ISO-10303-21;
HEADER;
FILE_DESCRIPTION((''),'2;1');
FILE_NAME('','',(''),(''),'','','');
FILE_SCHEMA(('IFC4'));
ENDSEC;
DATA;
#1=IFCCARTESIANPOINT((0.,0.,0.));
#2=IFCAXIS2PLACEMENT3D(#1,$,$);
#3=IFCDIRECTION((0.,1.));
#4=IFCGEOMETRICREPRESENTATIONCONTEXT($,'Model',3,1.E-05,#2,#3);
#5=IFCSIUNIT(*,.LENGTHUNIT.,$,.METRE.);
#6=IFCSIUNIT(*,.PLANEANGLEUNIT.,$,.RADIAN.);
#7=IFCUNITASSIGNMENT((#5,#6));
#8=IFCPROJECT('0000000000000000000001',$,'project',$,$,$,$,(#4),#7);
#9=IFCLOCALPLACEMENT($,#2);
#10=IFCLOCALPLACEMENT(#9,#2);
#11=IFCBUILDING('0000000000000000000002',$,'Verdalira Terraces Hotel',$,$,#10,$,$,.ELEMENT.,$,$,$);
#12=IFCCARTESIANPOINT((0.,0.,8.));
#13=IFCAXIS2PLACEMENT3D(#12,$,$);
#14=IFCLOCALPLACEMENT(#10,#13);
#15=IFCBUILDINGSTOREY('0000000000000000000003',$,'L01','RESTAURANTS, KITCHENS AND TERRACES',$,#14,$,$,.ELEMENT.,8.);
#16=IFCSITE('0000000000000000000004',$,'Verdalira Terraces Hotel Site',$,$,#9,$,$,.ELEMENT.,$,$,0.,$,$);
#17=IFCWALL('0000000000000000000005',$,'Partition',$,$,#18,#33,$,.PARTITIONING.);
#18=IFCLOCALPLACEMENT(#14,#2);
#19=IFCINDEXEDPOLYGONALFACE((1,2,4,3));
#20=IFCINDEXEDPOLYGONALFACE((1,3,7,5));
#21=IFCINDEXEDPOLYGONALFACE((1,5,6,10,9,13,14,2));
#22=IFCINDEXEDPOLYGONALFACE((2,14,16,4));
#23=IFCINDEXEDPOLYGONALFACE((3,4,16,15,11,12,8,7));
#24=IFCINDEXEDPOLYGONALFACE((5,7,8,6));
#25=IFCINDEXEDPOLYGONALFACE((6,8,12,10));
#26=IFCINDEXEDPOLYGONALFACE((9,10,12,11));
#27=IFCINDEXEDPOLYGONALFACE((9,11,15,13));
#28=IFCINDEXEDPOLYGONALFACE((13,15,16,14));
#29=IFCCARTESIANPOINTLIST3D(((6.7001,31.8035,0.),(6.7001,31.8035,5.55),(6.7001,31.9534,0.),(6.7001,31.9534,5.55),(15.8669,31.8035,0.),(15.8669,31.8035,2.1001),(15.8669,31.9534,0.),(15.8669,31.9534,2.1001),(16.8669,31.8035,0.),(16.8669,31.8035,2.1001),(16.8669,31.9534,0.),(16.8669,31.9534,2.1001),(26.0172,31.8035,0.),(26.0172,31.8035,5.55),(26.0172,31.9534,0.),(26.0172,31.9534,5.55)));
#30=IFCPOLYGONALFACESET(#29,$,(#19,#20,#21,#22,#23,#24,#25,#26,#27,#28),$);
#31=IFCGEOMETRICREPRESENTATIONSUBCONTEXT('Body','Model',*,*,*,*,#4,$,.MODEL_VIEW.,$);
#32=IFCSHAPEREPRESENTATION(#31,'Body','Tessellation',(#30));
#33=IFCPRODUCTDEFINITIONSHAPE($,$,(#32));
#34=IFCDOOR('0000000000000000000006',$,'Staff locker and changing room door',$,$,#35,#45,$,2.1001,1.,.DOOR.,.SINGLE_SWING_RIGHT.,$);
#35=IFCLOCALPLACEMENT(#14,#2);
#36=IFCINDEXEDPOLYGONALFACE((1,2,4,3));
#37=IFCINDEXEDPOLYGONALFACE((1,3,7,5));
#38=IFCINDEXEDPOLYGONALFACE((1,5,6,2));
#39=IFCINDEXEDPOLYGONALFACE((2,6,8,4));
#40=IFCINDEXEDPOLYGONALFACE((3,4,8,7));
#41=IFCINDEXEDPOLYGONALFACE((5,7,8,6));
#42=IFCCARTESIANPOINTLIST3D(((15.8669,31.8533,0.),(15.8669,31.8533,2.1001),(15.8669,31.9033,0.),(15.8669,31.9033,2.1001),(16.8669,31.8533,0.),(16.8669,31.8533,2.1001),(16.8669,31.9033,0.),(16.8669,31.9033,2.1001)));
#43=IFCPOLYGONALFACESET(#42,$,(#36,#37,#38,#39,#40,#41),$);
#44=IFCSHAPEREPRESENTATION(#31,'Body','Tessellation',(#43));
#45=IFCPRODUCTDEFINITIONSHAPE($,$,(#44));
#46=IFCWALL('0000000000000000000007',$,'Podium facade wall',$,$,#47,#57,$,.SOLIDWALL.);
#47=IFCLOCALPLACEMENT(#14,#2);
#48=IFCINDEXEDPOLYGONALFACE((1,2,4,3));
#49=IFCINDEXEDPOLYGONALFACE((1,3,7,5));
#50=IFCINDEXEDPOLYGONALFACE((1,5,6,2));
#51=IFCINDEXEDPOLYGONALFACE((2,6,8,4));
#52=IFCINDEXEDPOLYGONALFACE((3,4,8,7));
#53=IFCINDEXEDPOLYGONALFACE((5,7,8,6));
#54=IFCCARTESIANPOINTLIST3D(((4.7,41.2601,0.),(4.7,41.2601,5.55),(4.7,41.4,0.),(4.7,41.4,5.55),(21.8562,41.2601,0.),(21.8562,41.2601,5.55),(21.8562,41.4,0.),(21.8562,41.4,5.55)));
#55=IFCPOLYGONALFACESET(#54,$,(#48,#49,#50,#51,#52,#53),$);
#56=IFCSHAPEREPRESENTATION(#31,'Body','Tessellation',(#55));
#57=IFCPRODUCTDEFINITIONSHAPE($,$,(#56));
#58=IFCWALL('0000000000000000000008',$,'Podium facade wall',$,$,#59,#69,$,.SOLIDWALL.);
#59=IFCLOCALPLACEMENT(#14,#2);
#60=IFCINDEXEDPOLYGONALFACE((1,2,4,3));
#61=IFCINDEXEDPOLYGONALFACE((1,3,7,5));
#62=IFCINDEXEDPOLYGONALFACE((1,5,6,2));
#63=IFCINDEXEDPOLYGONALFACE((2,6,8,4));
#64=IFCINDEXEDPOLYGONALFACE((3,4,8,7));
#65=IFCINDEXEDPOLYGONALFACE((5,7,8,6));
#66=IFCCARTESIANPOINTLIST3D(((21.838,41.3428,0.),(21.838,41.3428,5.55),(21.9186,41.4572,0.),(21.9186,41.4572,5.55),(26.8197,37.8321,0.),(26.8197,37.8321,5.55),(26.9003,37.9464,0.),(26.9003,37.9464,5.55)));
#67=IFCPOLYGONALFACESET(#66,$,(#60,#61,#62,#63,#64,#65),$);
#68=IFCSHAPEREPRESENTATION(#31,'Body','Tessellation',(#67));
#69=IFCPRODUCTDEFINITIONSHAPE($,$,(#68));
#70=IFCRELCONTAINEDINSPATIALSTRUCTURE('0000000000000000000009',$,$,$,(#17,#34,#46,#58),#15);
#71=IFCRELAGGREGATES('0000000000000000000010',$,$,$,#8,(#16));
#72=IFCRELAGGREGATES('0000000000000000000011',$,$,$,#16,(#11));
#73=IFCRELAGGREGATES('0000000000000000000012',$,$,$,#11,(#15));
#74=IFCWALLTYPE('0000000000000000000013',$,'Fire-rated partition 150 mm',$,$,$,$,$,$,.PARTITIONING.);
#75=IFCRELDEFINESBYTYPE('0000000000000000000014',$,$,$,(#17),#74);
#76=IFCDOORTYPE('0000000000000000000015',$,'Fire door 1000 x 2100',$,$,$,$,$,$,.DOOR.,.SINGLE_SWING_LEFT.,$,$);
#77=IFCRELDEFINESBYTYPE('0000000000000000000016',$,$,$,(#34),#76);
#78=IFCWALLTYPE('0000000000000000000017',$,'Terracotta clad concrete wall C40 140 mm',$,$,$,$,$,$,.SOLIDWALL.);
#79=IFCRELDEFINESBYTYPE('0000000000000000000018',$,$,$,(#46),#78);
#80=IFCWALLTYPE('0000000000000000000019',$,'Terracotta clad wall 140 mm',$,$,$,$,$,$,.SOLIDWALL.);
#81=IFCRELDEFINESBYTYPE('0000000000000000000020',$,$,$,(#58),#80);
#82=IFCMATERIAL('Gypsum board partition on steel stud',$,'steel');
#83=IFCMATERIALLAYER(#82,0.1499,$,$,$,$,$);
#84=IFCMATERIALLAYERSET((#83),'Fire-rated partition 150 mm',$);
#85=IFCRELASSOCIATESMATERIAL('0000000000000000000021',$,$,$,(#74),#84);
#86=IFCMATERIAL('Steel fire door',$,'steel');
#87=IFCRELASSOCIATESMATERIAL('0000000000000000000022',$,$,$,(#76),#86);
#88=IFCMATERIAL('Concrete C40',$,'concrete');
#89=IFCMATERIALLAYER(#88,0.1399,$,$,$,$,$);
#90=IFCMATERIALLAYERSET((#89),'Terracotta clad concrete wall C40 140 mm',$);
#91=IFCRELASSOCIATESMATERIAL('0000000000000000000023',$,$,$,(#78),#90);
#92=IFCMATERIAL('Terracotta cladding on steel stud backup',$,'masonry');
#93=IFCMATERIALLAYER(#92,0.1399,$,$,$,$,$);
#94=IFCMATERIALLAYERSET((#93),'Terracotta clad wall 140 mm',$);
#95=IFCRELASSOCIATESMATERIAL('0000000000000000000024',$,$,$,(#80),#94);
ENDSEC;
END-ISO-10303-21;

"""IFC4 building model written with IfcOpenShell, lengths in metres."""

from ifc_helpers import new_model, si_unit, direction, frame, frame_2d, origin, place, context, subcontext, project, spatial, rectangle, extrude, material, layer, layer_set, type_object, element, fill, save


model = new_model("IFC4")

# Units and contexts
model_context = context("Model", 3, precision=1e-05, world=origin(), true_north=direction((0.0, 1.0)))
body_context = subcontext(model_context, "Body", "Model", "MODEL_VIEW")
ifc_project = project(units=[si_unit("LENGTHUNIT", "METRE"), si_unit("PLANEANGLEUNIT", "RADIAN")], contexts=[model_context])

# Site, building, storey
site_placement = place(None, origin())
site = spatial("IfcSite", under=ifc_project, at=site_placement, Name="Verdalira Terraces Hotel Site", CompositionType="ELEMENT", RefElevation=0.0)
building_placement = place(site_placement, origin())
building = spatial("IfcBuilding", under=site, at=building_placement, Name="Verdalira Terraces Hotel", CompositionType="ELEMENT")
storey_placement = place(building_placement, frame((0.0, 0.0, 8.0)))
storey = spatial("IfcBuildingStorey", under=building, at=storey_placement, Name="L01", Description="RESTAURANTS, KITCHENS AND TERRACES", CompositionType="ELEMENT", Elevation=8.0)

# Wall, opening, door
ifc_material_1 = material(Name="Gypsum board partition on steel stud", Category="steel")
ifc_layer_1 = layer(ifc_material_1, 0.1499)
ifc_layer_set_1 = layer_set([ifc_layer_1], Name="Fire-rated partition 150 mm")
wall_type_1 = type_object("IfcWallType", Name="Fire-rated partition 150 mm", PredefinedType="PARTITIONING", material=ifc_layer_set_1)
wall_1_placement = place(storey_placement, frame((6.7, 31.8784, 0.0), z_axis=(0.0, 0.0, 1.0), x_axis=(1.0, 0.0, 0.0)))
wall_1 = element("IfcWall", 1, at=wall_1_placement, inside=storey, type_object=wall_type_1, Name="Partition", PredefinedType="PARTITIONING", context=body_context, shape_type="SweptSolid", body=[
    extrude(rectangle(XDim=19.3171, YDim=0.1499, at=frame_2d((9.6587, 0.0))), origin(), (0.0, 0.0, 1.0), 5.55),
])
opening_1_placement = place(wall_1_placement, frame((9.167, 0.0, 0.0)))
opening_1 = element("IfcOpeningElement", 2, at=opening_1_placement, cuts=wall_1, PredefinedType="OPENING", context=body_context, shape_type="SweptSolid", body=[
    extrude(rectangle(XDim=1.0, YDim=2.1001, at=frame_2d((0.5, 1.05))), frame((0.0, 0.085, 0.0), z_axis=(0.0, -1.0, 0.0), x_axis=(1.0, 0.0, 0.0)), (0.0, 0.0, 1.0), 0.1699),
])
ifc_material_2 = material(Name="Steel fire door", Category="steel")
door_type_1 = type_object("IfcDoorType", Name="Fire door 1000 x 2100", OperationType="SINGLE_SWING_LEFT", PredefinedType="DOOR", material=ifc_material_2)
door_1_placement = place(opening_1_placement, origin())
door_1 = element("IfcDoor", 3, at=door_1_placement, inside=storey, type_object=door_type_1, Name="Staff locker and changing room door", OperationType="SINGLE_SWING_RIGHT", OverallHeight=2.1001, OverallWidth=1.0, PredefinedType="DOOR", context=body_context, shape_type="SweptSolid", body=[
    extrude(rectangle(XDim=1.0, YDim=2.1001, at=frame_2d((0.5, 1.05))), frame((0.0, 0.0249, 0.0), z_axis=(0.0, -1.0, 0.0), x_axis=(1.0, 0.0, 0.0)), (0.0, 0.0, 1.0), 0.05),
])
fill(opening_1, door_1)

# Walls
ifc_material_3 = material(Name="Concrete C40", Category="concrete")
ifc_layer_2 = layer(ifc_material_3, 0.1399)
ifc_layer_set_2 = layer_set([ifc_layer_2], Name="Terracotta clad concrete wall C40 140 mm")
wall_type_2 = type_object("IfcWallType", Name="Terracotta clad concrete wall C40 140 mm", PredefinedType="SOLIDWALL", material=ifc_layer_set_2)
wall_2_placement = place(storey_placement, frame((21.8562, 41.3301, 0.0), z_axis=(0.0, 0.0, 1.0), x_axis=(-1.0, 0.0, 0.0)))
element("IfcWall", 4, at=wall_2_placement, inside=storey, type_object=wall_type_2, Name="Podium facade wall", PredefinedType="SOLIDWALL", context=body_context, shape_type="SweptSolid", body=[
    extrude(rectangle(XDim=17.1562, YDim=0.1399, at=frame_2d((8.5781, 0.0))), origin(), (0.0, 0.0, 1.0), 5.55),
])
ifc_material_4 = material(Name="Terracotta cladding on steel stud backup", Category="masonry")
ifc_layer_3 = layer(ifc_material_4, 0.1399)
ifc_layer_set_3 = layer_set([ifc_layer_3], Name="Terracotta clad wall 140 mm")
wall_type_3 = type_object("IfcWallType", Name="Terracotta clad wall 140 mm", PredefinedType="SOLIDWALL", material=ifc_layer_set_3)
wall_3_placement = place(storey_placement, frame((26.8601, 37.8892, 0.0), z_axis=(0.0, 0.0, 1.0), x_axis=(-0.817412, 0.576054, 0.0)))
element("IfcWall", 5, at=wall_3_placement, inside=storey, type_object=wall_type_3, Name="Podium facade wall", PredefinedType="SOLIDWALL", context=body_context, shape_type="SweptSolid", body=[
    extrude(rectangle(XDim=6.0945, YDim=0.1399, at=frame_2d((3.0474, 0.0))), origin(), (0.0, 0.0, 1.0), 5.55),
])

save(model, "model.ifc")
